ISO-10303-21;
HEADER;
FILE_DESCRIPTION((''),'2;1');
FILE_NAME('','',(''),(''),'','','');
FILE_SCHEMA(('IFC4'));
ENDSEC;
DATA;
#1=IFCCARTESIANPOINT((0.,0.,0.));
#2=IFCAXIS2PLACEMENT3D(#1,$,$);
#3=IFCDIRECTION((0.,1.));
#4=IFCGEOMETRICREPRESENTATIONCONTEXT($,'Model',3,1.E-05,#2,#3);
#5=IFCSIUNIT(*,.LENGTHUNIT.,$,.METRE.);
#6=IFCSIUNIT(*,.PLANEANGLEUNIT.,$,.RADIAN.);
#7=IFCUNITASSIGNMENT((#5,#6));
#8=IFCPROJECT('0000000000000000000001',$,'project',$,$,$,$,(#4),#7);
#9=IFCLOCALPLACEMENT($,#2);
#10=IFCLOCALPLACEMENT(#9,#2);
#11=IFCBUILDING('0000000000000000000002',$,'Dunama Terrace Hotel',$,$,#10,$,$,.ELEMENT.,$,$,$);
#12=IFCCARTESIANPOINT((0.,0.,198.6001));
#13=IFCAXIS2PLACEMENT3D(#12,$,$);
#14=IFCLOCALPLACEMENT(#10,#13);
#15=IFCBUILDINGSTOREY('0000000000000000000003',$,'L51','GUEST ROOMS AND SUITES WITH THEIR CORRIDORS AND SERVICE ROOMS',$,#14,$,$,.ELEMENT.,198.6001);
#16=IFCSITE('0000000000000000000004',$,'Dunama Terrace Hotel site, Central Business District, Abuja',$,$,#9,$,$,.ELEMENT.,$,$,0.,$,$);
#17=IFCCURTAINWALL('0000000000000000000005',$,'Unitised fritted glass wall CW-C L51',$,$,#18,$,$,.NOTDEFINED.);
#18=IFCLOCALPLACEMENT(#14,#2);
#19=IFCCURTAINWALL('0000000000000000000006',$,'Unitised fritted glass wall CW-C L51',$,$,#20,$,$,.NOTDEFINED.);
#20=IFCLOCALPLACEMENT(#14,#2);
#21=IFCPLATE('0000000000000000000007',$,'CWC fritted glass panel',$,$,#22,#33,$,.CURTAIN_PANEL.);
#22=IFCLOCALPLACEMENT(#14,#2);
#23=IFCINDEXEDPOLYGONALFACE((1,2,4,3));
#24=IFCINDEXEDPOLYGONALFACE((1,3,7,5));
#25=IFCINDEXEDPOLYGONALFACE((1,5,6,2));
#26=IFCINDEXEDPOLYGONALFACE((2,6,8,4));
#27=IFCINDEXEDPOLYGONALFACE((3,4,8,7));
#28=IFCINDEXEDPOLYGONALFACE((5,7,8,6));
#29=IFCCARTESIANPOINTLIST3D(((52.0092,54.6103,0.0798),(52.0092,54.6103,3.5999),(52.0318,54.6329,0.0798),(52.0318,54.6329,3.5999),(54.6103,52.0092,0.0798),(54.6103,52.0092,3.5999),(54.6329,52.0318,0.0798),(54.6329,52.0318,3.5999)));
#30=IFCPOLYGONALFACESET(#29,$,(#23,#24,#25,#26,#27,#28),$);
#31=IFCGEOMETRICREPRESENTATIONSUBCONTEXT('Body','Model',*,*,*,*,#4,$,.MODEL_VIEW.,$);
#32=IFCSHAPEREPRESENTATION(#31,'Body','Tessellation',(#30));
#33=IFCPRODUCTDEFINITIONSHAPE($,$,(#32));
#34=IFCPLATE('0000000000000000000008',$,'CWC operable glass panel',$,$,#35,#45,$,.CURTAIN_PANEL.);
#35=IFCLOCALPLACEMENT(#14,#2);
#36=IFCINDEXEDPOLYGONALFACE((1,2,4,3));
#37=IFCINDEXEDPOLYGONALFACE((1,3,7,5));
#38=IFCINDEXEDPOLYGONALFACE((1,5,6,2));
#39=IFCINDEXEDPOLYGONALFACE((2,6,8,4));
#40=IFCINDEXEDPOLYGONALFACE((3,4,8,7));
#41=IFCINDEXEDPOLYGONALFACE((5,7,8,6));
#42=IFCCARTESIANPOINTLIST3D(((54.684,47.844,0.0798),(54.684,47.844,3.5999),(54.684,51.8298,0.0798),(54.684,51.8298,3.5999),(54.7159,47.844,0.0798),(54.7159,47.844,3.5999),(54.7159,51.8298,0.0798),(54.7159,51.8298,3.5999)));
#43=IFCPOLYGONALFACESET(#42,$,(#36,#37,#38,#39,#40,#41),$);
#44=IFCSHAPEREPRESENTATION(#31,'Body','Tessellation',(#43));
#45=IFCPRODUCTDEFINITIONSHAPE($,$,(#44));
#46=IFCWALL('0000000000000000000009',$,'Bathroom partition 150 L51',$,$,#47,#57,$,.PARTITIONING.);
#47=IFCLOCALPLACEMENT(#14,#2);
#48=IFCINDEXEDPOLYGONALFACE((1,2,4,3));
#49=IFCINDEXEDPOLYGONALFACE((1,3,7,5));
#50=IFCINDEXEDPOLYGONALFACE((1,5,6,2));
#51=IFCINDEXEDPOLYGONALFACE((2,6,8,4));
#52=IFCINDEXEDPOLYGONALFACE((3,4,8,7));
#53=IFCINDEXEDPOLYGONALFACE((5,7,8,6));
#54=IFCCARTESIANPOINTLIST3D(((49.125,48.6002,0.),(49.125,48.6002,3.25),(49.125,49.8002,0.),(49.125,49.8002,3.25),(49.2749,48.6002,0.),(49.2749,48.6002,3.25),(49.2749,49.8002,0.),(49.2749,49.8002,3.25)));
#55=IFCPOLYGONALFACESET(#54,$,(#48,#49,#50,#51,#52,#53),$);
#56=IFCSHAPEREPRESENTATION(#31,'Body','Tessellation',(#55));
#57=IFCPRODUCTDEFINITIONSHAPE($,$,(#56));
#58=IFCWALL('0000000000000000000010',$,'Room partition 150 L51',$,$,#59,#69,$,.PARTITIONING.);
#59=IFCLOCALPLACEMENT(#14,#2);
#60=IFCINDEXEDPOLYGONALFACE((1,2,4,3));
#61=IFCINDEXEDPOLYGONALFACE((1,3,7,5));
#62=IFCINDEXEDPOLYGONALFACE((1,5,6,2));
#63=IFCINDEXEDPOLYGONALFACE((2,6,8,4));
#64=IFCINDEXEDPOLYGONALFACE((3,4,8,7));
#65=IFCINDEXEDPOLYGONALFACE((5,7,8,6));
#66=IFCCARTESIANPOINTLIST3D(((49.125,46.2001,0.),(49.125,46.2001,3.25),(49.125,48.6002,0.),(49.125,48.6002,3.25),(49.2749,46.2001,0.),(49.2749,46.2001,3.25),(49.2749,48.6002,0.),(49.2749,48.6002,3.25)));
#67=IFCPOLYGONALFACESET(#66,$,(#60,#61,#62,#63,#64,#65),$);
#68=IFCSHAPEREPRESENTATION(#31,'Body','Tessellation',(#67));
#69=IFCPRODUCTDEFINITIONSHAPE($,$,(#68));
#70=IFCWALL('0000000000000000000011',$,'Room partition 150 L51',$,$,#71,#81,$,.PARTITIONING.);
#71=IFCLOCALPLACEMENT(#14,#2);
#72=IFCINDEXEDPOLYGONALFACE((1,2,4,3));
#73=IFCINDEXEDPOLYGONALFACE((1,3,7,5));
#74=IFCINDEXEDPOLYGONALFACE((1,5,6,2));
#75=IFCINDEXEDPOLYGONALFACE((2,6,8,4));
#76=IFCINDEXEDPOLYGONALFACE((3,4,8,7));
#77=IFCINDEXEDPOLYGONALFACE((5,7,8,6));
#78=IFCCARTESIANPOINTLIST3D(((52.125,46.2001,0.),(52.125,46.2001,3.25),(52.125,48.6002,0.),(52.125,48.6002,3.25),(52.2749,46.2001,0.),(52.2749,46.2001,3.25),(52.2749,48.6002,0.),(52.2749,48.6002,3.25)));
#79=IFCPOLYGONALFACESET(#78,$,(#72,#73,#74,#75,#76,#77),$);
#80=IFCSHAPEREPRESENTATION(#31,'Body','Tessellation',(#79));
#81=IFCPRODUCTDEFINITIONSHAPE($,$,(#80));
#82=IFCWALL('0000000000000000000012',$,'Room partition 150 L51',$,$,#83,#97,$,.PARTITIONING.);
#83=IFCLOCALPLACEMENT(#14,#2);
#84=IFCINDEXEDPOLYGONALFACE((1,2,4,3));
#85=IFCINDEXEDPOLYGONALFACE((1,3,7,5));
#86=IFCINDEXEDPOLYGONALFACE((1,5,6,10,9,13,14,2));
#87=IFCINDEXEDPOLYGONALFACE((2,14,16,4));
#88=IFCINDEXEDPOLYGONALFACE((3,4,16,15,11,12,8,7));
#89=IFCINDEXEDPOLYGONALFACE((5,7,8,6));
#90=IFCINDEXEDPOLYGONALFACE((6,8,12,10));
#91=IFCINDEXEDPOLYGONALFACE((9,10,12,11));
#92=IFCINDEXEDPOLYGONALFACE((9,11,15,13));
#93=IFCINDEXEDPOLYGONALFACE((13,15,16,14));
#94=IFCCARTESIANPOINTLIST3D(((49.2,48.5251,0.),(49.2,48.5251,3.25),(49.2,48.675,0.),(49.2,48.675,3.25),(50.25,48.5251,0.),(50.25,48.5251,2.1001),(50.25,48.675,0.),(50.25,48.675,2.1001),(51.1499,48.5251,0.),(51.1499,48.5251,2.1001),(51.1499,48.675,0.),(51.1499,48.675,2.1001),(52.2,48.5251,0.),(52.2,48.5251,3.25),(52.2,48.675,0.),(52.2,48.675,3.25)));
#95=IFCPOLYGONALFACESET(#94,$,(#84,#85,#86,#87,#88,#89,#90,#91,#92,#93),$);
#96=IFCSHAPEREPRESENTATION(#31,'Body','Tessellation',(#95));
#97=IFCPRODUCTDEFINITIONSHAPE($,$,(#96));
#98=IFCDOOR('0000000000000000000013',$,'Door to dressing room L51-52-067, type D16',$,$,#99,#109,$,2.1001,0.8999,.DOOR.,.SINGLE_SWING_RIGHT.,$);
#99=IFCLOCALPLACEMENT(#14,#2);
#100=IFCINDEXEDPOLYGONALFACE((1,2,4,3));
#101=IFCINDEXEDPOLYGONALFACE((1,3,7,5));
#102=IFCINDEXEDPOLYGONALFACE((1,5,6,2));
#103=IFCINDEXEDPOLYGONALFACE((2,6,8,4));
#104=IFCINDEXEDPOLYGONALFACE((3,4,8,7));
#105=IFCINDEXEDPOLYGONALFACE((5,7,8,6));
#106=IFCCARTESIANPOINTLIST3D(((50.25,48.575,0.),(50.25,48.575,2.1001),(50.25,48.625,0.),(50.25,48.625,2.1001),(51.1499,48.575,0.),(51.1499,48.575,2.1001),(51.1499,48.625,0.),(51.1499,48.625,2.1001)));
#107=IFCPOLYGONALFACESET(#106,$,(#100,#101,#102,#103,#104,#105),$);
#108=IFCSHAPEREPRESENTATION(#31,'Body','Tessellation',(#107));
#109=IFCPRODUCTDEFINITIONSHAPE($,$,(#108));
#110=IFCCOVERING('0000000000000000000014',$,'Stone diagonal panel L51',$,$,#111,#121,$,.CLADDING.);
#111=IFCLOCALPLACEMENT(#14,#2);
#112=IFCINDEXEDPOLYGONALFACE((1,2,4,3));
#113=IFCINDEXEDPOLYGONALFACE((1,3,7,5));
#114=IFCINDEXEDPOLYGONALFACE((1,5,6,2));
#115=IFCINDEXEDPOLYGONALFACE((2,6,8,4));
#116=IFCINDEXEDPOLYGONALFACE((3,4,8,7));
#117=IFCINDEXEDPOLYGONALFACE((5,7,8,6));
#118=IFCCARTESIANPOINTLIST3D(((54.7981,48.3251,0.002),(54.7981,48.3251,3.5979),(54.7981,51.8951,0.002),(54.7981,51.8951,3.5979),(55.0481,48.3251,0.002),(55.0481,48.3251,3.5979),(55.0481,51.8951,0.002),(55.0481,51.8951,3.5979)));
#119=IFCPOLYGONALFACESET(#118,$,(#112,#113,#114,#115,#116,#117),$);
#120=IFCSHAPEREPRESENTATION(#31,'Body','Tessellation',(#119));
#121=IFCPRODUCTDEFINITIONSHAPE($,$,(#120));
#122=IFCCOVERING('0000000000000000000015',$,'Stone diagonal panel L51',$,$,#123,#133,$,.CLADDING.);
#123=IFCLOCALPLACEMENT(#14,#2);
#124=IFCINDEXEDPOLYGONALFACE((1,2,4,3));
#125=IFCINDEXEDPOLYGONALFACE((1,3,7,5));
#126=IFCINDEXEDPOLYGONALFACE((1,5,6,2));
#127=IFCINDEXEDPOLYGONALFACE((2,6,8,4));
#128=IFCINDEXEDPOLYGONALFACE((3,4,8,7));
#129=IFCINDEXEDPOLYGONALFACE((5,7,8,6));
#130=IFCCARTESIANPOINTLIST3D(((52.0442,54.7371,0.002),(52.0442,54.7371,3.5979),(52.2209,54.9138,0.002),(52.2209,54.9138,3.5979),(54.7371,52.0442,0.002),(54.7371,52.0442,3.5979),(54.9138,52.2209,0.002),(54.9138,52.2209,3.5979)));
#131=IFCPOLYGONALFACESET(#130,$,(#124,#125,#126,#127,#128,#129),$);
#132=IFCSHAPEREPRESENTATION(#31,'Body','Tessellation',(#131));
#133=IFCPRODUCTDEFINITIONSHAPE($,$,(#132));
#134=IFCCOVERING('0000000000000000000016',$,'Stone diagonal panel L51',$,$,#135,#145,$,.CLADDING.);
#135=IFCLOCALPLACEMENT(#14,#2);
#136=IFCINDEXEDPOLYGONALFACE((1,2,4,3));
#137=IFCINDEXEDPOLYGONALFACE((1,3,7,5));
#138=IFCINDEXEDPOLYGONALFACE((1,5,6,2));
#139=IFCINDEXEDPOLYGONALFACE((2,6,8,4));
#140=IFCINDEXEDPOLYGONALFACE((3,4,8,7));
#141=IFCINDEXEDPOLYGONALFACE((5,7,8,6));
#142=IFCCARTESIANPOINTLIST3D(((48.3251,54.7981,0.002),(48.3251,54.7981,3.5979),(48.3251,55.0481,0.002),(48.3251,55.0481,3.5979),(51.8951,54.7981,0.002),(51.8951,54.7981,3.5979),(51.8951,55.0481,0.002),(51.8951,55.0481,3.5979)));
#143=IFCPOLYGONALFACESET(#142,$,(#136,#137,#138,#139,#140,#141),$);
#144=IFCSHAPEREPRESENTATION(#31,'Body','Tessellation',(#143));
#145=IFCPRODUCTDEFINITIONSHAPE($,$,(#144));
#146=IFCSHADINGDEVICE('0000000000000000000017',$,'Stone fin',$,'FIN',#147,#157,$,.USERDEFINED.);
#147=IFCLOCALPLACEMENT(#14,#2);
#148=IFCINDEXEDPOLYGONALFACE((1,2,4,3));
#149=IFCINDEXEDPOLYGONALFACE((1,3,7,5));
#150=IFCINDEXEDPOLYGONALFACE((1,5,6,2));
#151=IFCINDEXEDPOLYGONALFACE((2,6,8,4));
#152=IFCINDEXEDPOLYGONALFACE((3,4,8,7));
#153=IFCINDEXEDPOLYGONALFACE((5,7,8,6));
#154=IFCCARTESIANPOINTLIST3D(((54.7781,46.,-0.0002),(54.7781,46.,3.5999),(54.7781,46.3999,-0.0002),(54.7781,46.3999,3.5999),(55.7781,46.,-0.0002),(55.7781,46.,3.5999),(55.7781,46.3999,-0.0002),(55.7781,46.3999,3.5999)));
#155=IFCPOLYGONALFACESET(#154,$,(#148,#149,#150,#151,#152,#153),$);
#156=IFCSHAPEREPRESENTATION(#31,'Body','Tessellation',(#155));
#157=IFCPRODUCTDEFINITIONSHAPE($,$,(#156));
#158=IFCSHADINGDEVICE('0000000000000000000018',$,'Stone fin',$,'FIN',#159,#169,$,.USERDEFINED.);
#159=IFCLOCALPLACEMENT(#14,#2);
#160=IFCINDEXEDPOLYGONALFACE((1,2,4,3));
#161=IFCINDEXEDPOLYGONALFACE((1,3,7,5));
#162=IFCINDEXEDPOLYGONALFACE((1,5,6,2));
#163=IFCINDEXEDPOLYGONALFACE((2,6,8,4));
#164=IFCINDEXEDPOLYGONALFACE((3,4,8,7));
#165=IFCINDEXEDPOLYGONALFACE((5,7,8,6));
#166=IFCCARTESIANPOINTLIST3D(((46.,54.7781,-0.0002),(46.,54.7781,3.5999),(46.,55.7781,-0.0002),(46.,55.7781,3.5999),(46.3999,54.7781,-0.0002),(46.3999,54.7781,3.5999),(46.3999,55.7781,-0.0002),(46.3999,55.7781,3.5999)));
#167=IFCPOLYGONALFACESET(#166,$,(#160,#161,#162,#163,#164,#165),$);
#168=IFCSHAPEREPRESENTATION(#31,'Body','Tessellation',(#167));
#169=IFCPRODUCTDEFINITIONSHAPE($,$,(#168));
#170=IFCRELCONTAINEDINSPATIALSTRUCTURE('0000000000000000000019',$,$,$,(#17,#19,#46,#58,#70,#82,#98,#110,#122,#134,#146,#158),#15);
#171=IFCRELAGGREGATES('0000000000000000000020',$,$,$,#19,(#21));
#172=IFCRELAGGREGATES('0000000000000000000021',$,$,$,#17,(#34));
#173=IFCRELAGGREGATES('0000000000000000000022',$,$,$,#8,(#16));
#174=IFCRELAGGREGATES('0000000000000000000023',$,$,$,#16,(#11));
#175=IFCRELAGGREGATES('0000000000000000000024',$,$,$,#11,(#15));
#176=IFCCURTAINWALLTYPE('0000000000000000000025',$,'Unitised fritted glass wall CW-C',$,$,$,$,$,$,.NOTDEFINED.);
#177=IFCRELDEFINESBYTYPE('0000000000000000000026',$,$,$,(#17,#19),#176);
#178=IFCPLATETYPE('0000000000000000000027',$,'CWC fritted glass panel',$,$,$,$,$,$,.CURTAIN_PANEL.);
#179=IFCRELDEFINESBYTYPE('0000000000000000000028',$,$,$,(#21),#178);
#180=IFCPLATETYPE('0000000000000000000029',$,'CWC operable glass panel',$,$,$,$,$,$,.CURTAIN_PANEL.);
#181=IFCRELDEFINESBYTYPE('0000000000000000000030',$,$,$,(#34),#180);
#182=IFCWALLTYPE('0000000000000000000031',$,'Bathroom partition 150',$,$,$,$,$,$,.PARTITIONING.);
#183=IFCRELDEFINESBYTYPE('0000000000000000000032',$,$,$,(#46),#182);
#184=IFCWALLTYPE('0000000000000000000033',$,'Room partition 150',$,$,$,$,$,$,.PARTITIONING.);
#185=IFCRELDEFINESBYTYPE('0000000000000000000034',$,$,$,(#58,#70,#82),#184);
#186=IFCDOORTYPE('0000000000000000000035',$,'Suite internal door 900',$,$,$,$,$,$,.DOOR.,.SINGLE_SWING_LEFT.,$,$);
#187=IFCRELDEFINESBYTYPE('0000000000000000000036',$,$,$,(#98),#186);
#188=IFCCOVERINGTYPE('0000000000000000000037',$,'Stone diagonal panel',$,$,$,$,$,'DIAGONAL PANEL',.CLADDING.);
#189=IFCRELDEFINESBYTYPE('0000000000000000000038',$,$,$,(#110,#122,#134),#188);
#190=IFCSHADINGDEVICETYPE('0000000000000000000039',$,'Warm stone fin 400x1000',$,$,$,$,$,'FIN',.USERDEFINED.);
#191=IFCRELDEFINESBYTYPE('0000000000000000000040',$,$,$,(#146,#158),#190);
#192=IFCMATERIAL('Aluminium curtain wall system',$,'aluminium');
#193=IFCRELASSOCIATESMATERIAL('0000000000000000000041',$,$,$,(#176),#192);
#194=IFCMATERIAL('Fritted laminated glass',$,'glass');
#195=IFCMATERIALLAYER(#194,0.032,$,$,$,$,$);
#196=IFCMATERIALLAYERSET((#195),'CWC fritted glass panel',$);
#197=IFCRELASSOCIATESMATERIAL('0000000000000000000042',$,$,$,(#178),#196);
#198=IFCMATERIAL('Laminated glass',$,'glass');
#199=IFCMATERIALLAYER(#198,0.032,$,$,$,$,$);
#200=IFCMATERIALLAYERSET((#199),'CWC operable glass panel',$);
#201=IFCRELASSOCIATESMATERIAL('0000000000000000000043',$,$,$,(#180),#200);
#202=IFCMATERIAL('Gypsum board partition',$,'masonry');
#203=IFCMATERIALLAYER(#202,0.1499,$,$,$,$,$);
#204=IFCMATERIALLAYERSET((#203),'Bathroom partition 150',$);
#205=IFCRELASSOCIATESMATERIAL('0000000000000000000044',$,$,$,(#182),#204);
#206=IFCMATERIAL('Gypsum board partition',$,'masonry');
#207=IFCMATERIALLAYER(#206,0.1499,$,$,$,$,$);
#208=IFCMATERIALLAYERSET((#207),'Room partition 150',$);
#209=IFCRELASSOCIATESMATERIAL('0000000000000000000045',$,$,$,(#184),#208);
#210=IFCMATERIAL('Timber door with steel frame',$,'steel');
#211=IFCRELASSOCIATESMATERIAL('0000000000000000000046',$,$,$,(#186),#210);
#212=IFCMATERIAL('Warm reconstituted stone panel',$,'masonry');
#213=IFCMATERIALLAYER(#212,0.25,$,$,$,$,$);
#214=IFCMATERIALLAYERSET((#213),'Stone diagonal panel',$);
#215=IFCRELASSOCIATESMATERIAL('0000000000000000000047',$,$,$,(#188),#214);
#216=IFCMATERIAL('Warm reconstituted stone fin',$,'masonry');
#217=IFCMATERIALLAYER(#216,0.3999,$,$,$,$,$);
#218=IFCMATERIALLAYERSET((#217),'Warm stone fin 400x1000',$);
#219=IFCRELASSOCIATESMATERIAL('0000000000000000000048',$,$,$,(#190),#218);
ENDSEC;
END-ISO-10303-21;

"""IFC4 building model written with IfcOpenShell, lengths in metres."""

from ifc_helpers import new_model, si_unit, direction, frame, frame_2d, origin, origin_2d, place, context, subcontext, project, spatial, rectangle, extrude, material, layer, layer_set, type_object, element, fill, aggregate, save


model = new_model("IFC4")

# Units and contexts
model_context = context("Model", 3, precision=1e-05, world=origin(), true_north=direction((0.0, 1.0)))
body_context = subcontext(model_context, "Body", "Model", "MODEL_VIEW")
ifc_project = project(units=[si_unit("LENGTHUNIT", "METRE"), si_unit("PLANEANGLEUNIT", "RADIAN")], contexts=[model_context])

# Site, building, storey
site_placement = place(None, origin())
site = spatial("IfcSite", under=ifc_project, at=site_placement, Name="Dunama Terrace Hotel site, Central Business District, Abuja", CompositionType="ELEMENT", RefElevation=0.0)
building_placement = place(site_placement, origin())
building = spatial("IfcBuilding", under=site, at=building_placement, Name="Dunama Terrace Hotel", CompositionType="ELEMENT")
storey_placement = place(building_placement, frame((0.0, 0.0, 198.6001)))
storey = spatial("IfcBuildingStorey", under=building, at=storey_placement, Name="L51", Description="GUEST ROOMS AND SUITES WITH THEIR CORRIDORS AND SERVICE ROOMS", CompositionType="ELEMENT", Elevation=198.6001)

# Curtain walls
ifc_material_1 = material(Name="Aluminium curtain wall system", Category="aluminium")
curtain_wall_type = type_object("IfcCurtainWallType", Name="Unitised fritted glass wall CW-C", PredefinedType="NOTDEFINED", material=ifc_material_1)
curtain_wall_1_placement = place(storey_placement, origin())
curtain_wall_1 = element("IfcCurtainWall", 1, at=curtain_wall_1_placement, inside=storey, type_object=curtain_wall_type, Name="Unitised fritted glass wall CW-C L51", PredefinedType="NOTDEFINED")
curtain_wall_2_placement = place(storey_placement, origin())
curtain_wall_2 = element("IfcCurtainWall", 2, at=curtain_wall_2_placement, inside=storey, type_object=curtain_wall_type, Name="Unitised fritted glass wall CW-C L51", PredefinedType="NOTDEFINED")

# Plates
ifc_material_2 = material(Name="Fritted laminated glass", Category="glass")
ifc_layer_1 = layer(ifc_material_2, 0.032)
ifc_layer_set_1 = layer_set([ifc_layer_1], Name="CWC fritted glass panel")
plate_type_1 = type_object("IfcPlateType", Name="CWC fritted glass panel", PredefinedType="CURTAIN_PANEL", material=ifc_layer_set_1)
plate_1_placement = place(storey_placement, frame((53.321, 53.321, 0.0798), z_axis=(0.0, 0.0, 1.0), x_axis=(-0.707107, 0.707107, 0.0)))
plate_1 = element("IfcPlate", 3, at=plate_1_placement, type_object=plate_type_1, Name="CWC fritted glass panel", PredefinedType="CURTAIN_PANEL", context=body_context, shape_type="SweptSolid", body=[
    extrude(rectangle(XDim=3.6785, YDim=0.032, at=origin_2d()), origin(), (0.0, 0.0, 1.0), 3.52),
])
aggregate(curtain_wall_2, [plate_1])
ifc_material_3 = material(Name="Laminated glass", Category="glass")
ifc_layer_2 = layer(ifc_material_3, 0.032)
ifc_layer_set_2 = layer_set([ifc_layer_2], Name="CWC operable glass panel")
plate_type_2 = type_object("IfcPlateType", Name="CWC operable glass panel", PredefinedType="CURTAIN_PANEL", material=ifc_layer_set_2)
plate_2_placement = place(storey_placement, frame((54.7, 49.8369, 0.0798), z_axis=(0.0, 0.0, 1.0), x_axis=(0.0, 1.0, 0.0)))
plate_2 = element("IfcPlate", 4, at=plate_2_placement, type_object=plate_type_2, Name="CWC operable glass panel", PredefinedType="CURTAIN_PANEL", context=body_context, shape_type="SweptSolid", body=[
    extrude(rectangle(XDim=3.9858, YDim=0.032, at=origin_2d()), origin(), (0.0, 0.0, 1.0), 3.52),
])
aggregate(curtain_wall_1, [plate_2])

# Walls
ifc_material_4 = material(Name="Gypsum board partition", Category="masonry")
ifc_layer_3 = layer(ifc_material_4, 0.1499)
ifc_layer_set_3 = layer_set([ifc_layer_3], Name="Bathroom partition 150")
wall_type_1 = type_object("IfcWallType", Name="Bathroom partition 150", PredefinedType="PARTITIONING", material=ifc_layer_set_3)
wall_1_placement = place(storey_placement, frame((49.2, 48.6001, 0.0), z_axis=(0.0, 0.0, 1.0), x_axis=(0.0, 1.0, 0.0)))
element("IfcWall", 5, at=wall_1_placement, inside=storey, type_object=wall_type_1, Name="Bathroom partition 150 L51", PredefinedType="PARTITIONING", context=body_context, shape_type="SweptSolid", body=[
    extrude(rectangle(XDim=1.2, YDim=0.1499, at=frame_2d((0.6001, 0.0))), origin(), (0.0, 0.0, 1.0), 3.25),
])
ifc_material_5 = material(Name="Gypsum board partition", Category="masonry")
ifc_layer_4 = layer(ifc_material_5, 0.1499)
ifc_layer_set_4 = layer_set([ifc_layer_4], Name="Room partition 150")
wall_type_2 = type_object("IfcWallType", Name="Room partition 150", PredefinedType="PARTITIONING", material=ifc_layer_set_4)
for number, where, z_axis, x_axis, name in (
    (6, (49.2, 46.2, 0.0), (0.0, 0.0, 1.0), (0.0, 1.0, 0.0), "Room partition 150 L51"),
    (7, (52.2, 46.2, 0.0), (0.0, 0.0, 1.0), (0.0, 1.0, 0.0), "Room partition 150 L51"),
):
    element("IfcWall", number, at=place(storey_placement, frame(where, z_axis=z_axis, x_axis=x_axis)), inside=storey, type_object=wall_type_2, Name=name, PredefinedType="PARTITIONING", context=body_context, shape_type="SweptSolid", body=[
        extrude(rectangle(XDim=2.4001, YDim=0.1499, at=frame_2d((1.2002, 0.0))), origin(), (0.0, 0.0, 1.0), 3.25),
    ])

# Wall, opening, door
wall_2_placement = place(storey_placement, frame((49.2, 48.6001, 0.0), z_axis=(0.0, 0.0, 1.0), x_axis=(1.0, 0.0, 0.0)))
wall_2 = element("IfcWall", 8, at=wall_2_placement, inside=storey, type_object=wall_type_2, Name="Room partition 150 L51", PredefinedType="PARTITIONING", context=body_context, shape_type="SweptSolid", body=[
    extrude(rectangle(XDim=3.0, YDim=0.1499, at=frame_2d((1.5, 0.0))), origin(), (0.0, 0.0, 1.0), 3.25),
])
opening_placement = place(wall_2_placement, frame((1.05, 0.0, 0.0)))
opening = element("IfcOpeningElement", 9, at=opening_placement, cuts=wall_2, PredefinedType="OPENING", context=body_context, shape_type="SweptSolid", body=[
    extrude(rectangle(XDim=0.8999, YDim=2.1001, at=frame_2d((0.45, 1.05))), frame((0.0, 0.085, 0.0), z_axis=(0.0, -1.0, 0.0), x_axis=(1.0, 0.0, 0.0)), (0.0, 0.0, 1.0), 0.1699),
])
ifc_material_6 = material(Name="Timber door with steel frame", Category="steel")
door_type = type_object("IfcDoorType", Name="Suite internal door 900", OperationType="SINGLE_SWING_LEFT", PredefinedType="DOOR", material=ifc_material_6)
door_placement = place(opening_placement, frame((0.8999, 0.0, 0.0), z_axis=(0.0, 0.0, 1.0), x_axis=(-1.0, 0.0, 0.0)))
door = element("IfcDoor", 10, at=door_placement, inside=storey, type_object=door_type, Name="Door to dressing room L51-52-067, type D16", OperationType="SINGLE_SWING_RIGHT", OverallHeight=2.1001, OverallWidth=0.8999, PredefinedType="DOOR", context=body_context, shape_type="SweptSolid", body=[
    extrude(rectangle(XDim=0.8999, YDim=2.1001, at=frame_2d((0.45, 1.05))), frame((0.0, 0.0251, 0.0), z_axis=(0.0, -1.0, 0.0), x_axis=(1.0, 0.0, 0.0)), (0.0, 0.0, 1.0), 0.05),
])
fill(opening, door)

# Coverings
ifc_material_7 = material(Name="Warm reconstituted stone panel", Category="masonry")
ifc_layer_5 = layer(ifc_material_7, 0.25)
ifc_layer_set_5 = layer_set([ifc_layer_5], Name="Stone diagonal panel")
covering_type = type_object("IfcCoveringType", Name="Stone diagonal panel", ElementType="DIAGONAL PANEL", PredefinedType="CLADDING", material=ifc_layer_set_5)
covering_1_placement = place(storey_placement, frame((54.9231, 50.1101, 0.002), z_axis=(0.0, 0.0, 1.0), x_axis=(0.0, 1.0, 0.0)))
element("IfcCovering", 11, at=covering_1_placement, inside=storey, type_object=covering_type, Name="Stone diagonal panel L51", PredefinedType="CLADDING", context=body_context, shape_type="SweptSolid", body=[
    extrude(rectangle(XDim=3.5701, YDim=0.25, at=origin_2d()), origin(), (0.0, 0.0, 1.0), 3.5959),
])
covering_2_placement = place(storey_placement, frame((53.479, 53.479, 0.002), z_axis=(0.0, 0.0, 1.0), x_axis=(-0.707107, 0.707107, 0.0)))
element("IfcCovering", 12, at=covering_2_placement, inside=storey, type_object=covering_type, Name="Stone diagonal panel L51", PredefinedType="CLADDING", context=body_context, shape_type="SweptSolid", body=[
    extrude(rectangle(XDim=3.8083, YDim=0.25, at=origin_2d()), origin(), (0.0, 0.0, 1.0), 3.5959),
])
covering_3_placement = place(storey_placement, frame((50.1101, 54.9231, 0.002), z_axis=(0.0, 0.0, 1.0), x_axis=(-1.0, 0.0, 0.0)))
element("IfcCovering", 13, at=covering_3_placement, inside=storey, type_object=covering_type, Name="Stone diagonal panel L51", PredefinedType="CLADDING", context=body_context, shape_type="SweptSolid", body=[
    extrude(rectangle(XDim=3.5701, YDim=0.25, at=origin_2d()), origin(), (0.0, 0.0, 1.0), 3.5959),
])

# Shading devices
ifc_material_8 = material(Name="Warm reconstituted stone fin", Category="masonry")
ifc_layer_6 = layer(ifc_material_8, 0.3999)
ifc_layer_set_6 = layer_set([ifc_layer_6], Name="Warm stone fin 400x1000")
shading_device_type = type_object("IfcShadingDeviceType", Name="Warm stone fin 400x1000", ElementType="FIN", PredefinedType="USERDEFINED", material=ifc_layer_set_6)
for number, where, z_axis, x_axis, name in (
    (14, (55.2781, 46.2, -0.0002), (0.0, 0.0, 1.0), (0.0, 1.0, 0.0), "Stone fin"),
    (15, (46.2, 55.2781, -0.0002), (0.0, 0.0, 1.0), (-1.0, 0.0, 0.0), "Stone fin"),
):
    element("IfcShadingDevice", number, at=place(storey_placement, frame(where, z_axis=z_axis, x_axis=x_axis)), inside=storey, type_object=shading_device_type, Name=name, ObjectType="FIN", PredefinedType="USERDEFINED", context=body_context, shape_type="SweptSolid", body=[
        extrude(rectangle(XDim=0.3999, YDim=1.0, at=origin_2d()), origin(), (0.0, 0.0, 1.0), 3.6001),
    ])

save(model, "model.ifc")
